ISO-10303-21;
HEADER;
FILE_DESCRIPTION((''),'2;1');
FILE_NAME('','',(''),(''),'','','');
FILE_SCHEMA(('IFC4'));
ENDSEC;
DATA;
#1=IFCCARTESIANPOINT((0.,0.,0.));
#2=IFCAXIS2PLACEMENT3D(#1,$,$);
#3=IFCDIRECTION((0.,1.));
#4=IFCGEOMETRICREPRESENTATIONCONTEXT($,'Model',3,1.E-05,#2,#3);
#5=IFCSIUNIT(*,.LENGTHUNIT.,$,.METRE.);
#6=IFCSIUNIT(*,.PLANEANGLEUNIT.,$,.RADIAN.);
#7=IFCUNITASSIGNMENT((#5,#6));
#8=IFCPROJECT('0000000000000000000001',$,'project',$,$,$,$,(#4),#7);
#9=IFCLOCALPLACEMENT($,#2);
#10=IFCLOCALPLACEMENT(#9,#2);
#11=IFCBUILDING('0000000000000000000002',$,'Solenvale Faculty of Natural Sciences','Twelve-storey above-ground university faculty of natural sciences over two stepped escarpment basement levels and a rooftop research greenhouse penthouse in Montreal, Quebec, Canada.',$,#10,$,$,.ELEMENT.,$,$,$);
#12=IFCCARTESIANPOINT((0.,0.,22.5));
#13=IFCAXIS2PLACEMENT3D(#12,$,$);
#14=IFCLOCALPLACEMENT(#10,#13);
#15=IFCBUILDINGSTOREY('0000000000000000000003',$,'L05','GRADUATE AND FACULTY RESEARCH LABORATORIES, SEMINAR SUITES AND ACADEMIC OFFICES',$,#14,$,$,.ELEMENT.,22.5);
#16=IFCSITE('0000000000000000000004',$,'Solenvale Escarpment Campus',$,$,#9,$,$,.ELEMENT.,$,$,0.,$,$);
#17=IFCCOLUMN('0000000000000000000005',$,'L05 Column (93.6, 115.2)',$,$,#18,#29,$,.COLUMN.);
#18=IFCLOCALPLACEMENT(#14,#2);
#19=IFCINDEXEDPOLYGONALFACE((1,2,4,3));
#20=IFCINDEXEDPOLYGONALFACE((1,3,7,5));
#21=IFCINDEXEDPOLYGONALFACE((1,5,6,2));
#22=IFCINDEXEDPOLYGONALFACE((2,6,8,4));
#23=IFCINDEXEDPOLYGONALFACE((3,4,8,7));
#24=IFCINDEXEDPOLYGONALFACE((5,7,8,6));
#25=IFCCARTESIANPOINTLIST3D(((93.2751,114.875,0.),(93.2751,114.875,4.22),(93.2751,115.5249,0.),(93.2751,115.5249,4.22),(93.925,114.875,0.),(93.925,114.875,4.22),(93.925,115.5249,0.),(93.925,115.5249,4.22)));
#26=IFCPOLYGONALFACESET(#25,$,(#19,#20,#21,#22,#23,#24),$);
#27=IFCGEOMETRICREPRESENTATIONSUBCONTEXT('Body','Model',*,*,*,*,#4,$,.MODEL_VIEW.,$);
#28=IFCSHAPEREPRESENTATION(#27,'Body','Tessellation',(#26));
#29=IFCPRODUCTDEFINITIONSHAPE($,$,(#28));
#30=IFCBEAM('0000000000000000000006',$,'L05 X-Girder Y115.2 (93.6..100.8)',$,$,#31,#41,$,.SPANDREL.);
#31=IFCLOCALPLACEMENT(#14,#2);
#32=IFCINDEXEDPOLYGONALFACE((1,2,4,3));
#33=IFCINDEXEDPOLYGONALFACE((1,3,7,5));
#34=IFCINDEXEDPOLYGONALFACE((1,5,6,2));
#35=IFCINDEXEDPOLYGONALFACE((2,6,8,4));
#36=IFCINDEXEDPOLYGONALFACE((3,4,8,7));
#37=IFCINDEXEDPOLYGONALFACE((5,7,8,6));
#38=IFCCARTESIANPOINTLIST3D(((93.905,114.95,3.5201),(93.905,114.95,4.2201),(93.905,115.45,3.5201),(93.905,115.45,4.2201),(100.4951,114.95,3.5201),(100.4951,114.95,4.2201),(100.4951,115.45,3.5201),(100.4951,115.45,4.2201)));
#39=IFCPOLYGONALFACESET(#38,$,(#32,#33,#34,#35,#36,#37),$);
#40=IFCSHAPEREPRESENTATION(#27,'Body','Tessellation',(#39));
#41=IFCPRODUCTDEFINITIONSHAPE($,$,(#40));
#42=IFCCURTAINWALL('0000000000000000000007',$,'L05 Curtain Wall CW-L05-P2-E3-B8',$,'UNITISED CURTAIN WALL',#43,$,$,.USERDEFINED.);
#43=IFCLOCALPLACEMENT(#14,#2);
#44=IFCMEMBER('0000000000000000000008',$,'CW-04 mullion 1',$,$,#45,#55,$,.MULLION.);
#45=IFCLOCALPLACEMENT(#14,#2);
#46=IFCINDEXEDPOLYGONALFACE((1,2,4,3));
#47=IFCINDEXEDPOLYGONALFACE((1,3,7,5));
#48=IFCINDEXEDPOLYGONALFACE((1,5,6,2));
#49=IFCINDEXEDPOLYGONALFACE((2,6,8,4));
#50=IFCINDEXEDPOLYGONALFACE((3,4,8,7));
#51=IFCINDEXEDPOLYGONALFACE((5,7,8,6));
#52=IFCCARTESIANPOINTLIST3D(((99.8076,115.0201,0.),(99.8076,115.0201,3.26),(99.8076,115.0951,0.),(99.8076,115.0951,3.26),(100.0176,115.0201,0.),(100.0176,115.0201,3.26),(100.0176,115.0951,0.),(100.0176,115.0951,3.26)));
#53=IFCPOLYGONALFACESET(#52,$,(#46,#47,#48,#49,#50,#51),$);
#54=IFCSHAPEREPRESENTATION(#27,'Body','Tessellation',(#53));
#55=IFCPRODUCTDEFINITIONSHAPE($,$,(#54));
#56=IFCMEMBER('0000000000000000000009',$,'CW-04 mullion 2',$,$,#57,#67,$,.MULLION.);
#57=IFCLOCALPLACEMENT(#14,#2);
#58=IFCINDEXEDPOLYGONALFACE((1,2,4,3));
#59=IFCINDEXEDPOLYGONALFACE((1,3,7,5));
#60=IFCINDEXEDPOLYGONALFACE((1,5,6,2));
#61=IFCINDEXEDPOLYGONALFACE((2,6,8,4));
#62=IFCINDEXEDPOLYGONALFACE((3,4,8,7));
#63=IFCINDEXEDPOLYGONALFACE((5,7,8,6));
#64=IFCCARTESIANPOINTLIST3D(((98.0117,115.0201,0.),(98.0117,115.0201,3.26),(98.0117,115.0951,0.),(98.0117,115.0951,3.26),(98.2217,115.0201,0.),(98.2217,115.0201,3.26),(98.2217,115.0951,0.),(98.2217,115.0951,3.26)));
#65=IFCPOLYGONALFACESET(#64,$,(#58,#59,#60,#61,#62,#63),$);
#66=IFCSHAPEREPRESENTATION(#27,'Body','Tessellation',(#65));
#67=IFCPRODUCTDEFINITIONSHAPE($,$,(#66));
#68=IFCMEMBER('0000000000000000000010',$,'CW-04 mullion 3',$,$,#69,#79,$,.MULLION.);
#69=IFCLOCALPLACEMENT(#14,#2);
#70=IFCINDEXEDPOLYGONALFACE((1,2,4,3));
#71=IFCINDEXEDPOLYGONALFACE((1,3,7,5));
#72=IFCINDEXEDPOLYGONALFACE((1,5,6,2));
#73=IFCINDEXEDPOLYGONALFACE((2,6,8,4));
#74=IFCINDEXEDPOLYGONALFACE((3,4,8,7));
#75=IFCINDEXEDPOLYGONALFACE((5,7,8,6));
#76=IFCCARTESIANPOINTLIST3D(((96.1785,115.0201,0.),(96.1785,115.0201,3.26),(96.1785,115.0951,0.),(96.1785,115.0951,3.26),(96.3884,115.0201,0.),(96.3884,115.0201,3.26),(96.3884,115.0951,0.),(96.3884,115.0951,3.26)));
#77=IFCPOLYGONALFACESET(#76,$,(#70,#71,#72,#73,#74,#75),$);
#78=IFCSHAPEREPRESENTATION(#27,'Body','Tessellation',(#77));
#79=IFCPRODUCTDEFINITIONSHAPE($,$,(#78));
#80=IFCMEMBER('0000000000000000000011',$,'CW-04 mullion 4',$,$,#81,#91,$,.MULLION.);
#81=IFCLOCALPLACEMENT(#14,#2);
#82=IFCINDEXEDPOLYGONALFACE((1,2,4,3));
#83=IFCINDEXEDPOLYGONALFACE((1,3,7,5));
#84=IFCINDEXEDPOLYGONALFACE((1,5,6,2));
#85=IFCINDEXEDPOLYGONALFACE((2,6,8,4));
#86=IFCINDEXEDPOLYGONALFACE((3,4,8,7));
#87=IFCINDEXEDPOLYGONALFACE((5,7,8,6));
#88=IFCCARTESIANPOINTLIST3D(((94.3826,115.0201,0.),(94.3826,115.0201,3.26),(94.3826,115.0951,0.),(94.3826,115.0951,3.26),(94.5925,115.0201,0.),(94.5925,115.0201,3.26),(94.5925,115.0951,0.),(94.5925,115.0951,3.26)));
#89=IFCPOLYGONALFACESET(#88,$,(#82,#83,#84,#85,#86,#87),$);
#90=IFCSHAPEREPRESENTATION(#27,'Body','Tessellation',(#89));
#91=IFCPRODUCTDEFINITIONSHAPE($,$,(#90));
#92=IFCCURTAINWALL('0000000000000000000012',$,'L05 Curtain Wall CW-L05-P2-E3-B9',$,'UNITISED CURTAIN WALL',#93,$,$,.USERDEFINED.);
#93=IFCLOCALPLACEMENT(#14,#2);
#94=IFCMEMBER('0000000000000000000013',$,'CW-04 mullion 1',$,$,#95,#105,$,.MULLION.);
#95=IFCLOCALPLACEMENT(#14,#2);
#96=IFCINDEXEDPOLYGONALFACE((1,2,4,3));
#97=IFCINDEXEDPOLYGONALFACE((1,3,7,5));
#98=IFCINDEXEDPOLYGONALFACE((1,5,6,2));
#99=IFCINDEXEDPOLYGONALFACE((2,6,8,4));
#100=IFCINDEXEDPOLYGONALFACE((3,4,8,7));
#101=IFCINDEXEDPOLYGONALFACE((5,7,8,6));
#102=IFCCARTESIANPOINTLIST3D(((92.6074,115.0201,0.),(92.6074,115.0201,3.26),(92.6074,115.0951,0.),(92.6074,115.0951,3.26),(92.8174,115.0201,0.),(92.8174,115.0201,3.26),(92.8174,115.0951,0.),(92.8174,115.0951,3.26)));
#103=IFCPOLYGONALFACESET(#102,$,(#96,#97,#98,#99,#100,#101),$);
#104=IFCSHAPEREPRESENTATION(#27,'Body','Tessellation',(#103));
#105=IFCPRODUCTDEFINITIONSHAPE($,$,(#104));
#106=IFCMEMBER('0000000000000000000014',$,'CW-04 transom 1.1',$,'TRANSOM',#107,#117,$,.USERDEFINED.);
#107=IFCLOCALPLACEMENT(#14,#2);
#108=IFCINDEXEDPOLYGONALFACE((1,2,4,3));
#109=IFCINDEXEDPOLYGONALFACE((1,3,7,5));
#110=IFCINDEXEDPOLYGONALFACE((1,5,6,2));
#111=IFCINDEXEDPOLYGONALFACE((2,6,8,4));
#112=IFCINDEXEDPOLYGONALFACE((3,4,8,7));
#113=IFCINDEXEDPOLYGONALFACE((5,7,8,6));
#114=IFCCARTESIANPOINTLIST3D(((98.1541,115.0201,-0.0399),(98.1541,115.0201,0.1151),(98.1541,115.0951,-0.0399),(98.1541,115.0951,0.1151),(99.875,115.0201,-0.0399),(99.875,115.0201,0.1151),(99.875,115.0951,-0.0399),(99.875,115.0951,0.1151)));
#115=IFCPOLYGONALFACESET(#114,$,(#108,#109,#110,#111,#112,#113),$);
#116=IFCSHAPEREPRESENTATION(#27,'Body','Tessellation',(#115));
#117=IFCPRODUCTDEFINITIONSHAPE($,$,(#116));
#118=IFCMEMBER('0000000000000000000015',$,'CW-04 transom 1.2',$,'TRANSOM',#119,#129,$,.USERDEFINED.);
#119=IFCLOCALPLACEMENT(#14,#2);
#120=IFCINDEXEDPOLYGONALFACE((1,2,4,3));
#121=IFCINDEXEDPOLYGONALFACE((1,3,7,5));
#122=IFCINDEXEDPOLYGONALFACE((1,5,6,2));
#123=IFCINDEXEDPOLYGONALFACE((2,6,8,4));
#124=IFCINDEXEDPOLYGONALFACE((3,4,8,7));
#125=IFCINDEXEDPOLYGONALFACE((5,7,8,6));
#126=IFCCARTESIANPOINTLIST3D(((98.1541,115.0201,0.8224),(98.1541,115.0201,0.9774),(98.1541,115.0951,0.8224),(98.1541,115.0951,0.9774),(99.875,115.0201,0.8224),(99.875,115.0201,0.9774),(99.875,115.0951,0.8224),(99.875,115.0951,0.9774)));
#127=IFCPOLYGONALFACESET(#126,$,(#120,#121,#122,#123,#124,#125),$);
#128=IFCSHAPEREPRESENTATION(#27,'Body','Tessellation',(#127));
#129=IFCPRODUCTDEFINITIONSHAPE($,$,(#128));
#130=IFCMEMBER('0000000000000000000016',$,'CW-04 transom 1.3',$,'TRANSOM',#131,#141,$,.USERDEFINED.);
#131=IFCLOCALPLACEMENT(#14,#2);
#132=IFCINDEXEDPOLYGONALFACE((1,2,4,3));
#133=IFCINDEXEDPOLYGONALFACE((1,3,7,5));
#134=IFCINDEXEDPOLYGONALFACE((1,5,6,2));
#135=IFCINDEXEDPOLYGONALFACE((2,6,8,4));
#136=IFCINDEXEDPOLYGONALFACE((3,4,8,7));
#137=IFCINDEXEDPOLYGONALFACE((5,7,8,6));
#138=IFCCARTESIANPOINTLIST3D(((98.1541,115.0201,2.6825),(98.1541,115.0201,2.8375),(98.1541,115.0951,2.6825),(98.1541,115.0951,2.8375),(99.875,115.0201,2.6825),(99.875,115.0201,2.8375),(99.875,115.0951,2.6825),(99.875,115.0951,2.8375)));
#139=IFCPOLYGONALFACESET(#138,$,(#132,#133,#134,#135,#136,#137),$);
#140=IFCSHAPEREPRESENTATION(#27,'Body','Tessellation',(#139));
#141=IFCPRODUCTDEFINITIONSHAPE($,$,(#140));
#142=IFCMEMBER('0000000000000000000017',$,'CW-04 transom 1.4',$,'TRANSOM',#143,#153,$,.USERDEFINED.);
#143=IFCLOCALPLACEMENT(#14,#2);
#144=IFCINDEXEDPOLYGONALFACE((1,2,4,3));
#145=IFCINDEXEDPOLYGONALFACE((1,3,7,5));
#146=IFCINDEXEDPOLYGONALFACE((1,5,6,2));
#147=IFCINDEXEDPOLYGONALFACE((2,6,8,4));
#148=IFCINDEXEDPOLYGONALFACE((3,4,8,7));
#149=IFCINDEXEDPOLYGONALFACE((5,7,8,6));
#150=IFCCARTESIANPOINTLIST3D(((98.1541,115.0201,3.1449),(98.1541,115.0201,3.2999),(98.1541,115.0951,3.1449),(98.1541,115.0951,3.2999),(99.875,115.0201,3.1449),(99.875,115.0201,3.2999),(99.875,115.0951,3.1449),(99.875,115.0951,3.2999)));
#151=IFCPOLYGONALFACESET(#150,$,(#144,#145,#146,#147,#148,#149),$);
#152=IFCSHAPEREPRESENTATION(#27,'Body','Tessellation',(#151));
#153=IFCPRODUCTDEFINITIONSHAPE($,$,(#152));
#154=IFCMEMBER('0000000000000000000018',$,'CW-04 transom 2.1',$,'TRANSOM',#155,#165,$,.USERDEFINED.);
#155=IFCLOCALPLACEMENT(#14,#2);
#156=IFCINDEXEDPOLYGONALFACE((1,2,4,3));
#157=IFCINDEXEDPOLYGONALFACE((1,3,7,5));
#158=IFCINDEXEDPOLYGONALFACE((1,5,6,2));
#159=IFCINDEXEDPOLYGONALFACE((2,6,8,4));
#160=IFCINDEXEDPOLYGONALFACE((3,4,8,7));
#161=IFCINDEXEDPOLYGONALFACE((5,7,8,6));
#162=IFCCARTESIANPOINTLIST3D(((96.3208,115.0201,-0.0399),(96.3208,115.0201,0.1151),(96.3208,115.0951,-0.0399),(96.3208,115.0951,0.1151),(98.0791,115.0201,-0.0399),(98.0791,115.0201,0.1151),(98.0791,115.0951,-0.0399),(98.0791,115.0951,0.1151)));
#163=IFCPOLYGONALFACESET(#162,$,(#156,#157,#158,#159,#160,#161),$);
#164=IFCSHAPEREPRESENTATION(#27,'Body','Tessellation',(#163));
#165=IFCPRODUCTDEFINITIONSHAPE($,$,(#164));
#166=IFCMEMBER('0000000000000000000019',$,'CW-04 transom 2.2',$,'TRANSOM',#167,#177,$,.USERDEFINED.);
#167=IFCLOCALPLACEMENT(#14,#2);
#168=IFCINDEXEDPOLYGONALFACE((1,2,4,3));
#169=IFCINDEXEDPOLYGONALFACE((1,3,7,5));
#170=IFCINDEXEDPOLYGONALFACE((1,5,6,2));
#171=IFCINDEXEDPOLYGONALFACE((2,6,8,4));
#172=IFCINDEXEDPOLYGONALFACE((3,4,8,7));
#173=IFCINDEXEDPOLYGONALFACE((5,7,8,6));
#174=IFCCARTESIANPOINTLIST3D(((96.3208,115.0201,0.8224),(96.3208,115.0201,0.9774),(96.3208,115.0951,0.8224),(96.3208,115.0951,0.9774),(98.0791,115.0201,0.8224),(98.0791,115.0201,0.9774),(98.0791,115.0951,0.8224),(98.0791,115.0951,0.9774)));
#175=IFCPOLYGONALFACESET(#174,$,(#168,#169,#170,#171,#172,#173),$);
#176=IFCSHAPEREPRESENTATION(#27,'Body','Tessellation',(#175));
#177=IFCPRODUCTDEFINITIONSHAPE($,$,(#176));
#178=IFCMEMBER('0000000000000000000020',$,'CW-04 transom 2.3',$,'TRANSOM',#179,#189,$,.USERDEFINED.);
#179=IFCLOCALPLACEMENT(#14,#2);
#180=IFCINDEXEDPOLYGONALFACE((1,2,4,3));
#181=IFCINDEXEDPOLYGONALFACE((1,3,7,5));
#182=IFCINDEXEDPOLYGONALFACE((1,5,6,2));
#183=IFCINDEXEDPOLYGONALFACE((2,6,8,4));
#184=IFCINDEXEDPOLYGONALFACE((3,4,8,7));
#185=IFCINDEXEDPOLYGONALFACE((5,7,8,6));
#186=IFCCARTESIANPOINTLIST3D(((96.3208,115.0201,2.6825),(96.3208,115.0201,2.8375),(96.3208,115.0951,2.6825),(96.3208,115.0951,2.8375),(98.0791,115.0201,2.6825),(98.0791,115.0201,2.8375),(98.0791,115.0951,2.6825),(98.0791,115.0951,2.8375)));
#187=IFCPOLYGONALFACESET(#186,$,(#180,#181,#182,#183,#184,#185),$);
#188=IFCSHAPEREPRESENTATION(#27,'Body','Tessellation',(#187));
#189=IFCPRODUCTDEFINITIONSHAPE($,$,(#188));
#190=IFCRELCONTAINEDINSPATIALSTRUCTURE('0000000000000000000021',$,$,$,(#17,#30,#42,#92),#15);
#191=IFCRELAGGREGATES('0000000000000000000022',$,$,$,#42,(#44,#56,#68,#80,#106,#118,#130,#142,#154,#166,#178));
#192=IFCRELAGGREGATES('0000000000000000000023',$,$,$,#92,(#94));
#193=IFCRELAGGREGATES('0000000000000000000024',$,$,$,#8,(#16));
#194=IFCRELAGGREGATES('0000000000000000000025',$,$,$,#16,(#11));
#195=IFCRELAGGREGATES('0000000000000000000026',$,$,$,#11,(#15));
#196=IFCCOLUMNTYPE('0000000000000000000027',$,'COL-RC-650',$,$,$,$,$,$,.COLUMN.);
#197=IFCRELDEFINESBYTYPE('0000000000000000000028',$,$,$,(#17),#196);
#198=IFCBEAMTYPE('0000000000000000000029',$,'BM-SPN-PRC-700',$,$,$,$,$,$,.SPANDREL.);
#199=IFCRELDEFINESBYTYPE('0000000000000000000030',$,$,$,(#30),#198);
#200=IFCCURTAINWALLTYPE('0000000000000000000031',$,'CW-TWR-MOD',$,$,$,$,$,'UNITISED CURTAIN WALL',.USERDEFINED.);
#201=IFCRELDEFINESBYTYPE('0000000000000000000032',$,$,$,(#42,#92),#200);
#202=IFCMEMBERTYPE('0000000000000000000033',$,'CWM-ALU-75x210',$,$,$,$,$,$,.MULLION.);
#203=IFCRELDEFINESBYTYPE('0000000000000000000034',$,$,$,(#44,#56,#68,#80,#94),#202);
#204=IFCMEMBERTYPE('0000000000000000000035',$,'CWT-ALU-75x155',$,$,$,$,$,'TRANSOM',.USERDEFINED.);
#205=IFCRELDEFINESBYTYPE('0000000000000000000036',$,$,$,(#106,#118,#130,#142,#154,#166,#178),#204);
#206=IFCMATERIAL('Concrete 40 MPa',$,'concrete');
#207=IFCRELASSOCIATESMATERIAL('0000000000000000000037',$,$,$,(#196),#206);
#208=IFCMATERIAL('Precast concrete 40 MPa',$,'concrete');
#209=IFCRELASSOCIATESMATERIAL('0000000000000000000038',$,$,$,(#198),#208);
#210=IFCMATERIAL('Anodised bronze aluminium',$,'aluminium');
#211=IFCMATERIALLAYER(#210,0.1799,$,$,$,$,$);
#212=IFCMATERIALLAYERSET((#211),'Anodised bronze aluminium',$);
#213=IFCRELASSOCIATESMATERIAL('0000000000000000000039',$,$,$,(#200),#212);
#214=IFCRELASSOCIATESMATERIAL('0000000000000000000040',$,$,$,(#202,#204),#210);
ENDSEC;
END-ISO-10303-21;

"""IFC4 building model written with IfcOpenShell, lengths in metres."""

from ifc_helpers import new_model, si_unit, direction, frame, origin, origin_2d, place, context, subcontext, project, spatial, rectangle, extrude, material, layer, layer_set, material_profile, profile_set, type_object, element, aggregate, save


model = new_model("IFC4")

# Units and contexts
model_context = context("Model", 3, precision=1e-05, world=origin(), true_north=direction((0.0, 1.0)))
body_context = subcontext(model_context, "Body", "Model", "MODEL_VIEW")
ifc_project = project(units=[si_unit("LENGTHUNIT", "METRE"), si_unit("PLANEANGLEUNIT", "RADIAN")], contexts=[model_context])

# Site, building, storey
site_placement = place(None, origin())
site = spatial("IfcSite", under=ifc_project, at=site_placement, Name="Solenvale Escarpment Campus", CompositionType="ELEMENT", RefElevation=0.0)
building_placement = place(site_placement, origin())
building = spatial("IfcBuilding", under=site, at=building_placement, Name="Solenvale Faculty of Natural Sciences", Description="Twelve-storey above-ground university faculty of natural sciences over two stepped escarpment basement levels and a rooftop research greenhouse penthouse in Montreal, Quebec, Canada.", CompositionType="ELEMENT")
storey_placement = place(building_placement, frame((0.0, 0.0, 22.5)))
storey = spatial("IfcBuildingStorey", under=building, at=storey_placement, Name="L05", Description="GRADUATE AND FACULTY RESEARCH LABORATORIES, SEMINAR SUITES AND ACADEMIC OFFICES", CompositionType="ELEMENT", Elevation=22.5)

# Column
ifc_material_1 = material(Name="Concrete 40 MPa", Category="concrete")
ifc_material_profile_1 = material_profile(ifc_material_1, rectangle(XDim=0.6499, YDim=0.6499, at=origin_2d()), Name="RC-COL-650x650")
ifc_profile_set_1 = profile_set([ifc_material_profile_1], Name="Concrete 40 MPa")
column_type = type_object("IfcColumnType", Name="COL-RC-650", PredefinedType="COLUMN", material=ifc_profile_set_1)
column_placement = place(storey_placement, frame((93.6001, 115.2, 0.0), z_axis=(0.0, 0.0, 1.0), x_axis=(1.0, 0.0, 0.0)))
element("IfcColumn", 1, at=column_placement, inside=storey, type_object=column_type, Name="L05 Column (93.6, 115.2)", PredefinedType="COLUMN", context=body_context, shape_type="SweptSolid", body=[
    extrude(rectangle(XDim=0.6499, YDim=0.6499, at=origin_2d()), origin(), (0.0, 0.0, 1.0), 4.22),
])

# Beam
ifc_material_2 = material(Name="Precast concrete 40 MPa", Category="concrete")
ifc_material_profile_2 = material_profile(ifc_material_2, rectangle(XDim=0.5, YDim=0.7, at=origin_2d()), Name="RC-BM-500x700")
ifc_profile_set_2 = profile_set([ifc_material_profile_2], Name="Precast concrete 40 MPa")
beam_type = type_object("IfcBeamType", Name="BM-SPN-PRC-700", PredefinedType="SPANDREL", material=ifc_profile_set_2)
beam_placement = place(storey_placement, frame((93.905, 115.2, 3.8701), z_axis=(1.0, 0.0, 0.0), x_axis=(0.0, 1.0, 0.0)))
element("IfcBeam", 2, at=beam_placement, inside=storey, type_object=beam_type, Name="L05 X-Girder Y115.2 (93.6..100.8)", PredefinedType="SPANDREL", context=body_context, shape_type="SweptSolid", body=[
    extrude(rectangle(XDim=0.5, YDim=0.7, at=origin_2d()), origin(), (0.0, 0.0, 1.0), 6.5901),
])

# Curtain wall, members
ifc_material_3 = material(Name="Anodised bronze aluminium", Category="aluminium")
ifc_layer_1 = layer(ifc_material_3, 0.1799)
ifc_layer_set_1 = layer_set([ifc_layer_1], Name="Anodised bronze aluminium")
curtain_wall_type = type_object("IfcCurtainWallType", Name="CW-TWR-MOD", ElementType="UNITISED CURTAIN WALL", PredefinedType="USERDEFINED", material=ifc_layer_set_1)
curtain_wall_1_placement = place(storey_placement, origin())
curtain_wall_1 = element("IfcCurtainWall", 3, at=curtain_wall_1_placement, inside=storey, type_object=curtain_wall_type, Name="L05 Curtain Wall CW-L05-P2-E3-B8", ObjectType="UNITISED CURTAIN WALL", PredefinedType="USERDEFINED")
ifc_material_profile_3 = material_profile(ifc_material_3, rectangle(XDim=0.075, YDim=0.21, at=origin_2d()), Name="ALU-MUL-75x210")
ifc_profile_set_3 = profile_set([ifc_material_profile_3], Name="Anodised bronze aluminium")
member_type_1 = type_object("IfcMemberType", Name="CWM-ALU-75x210", PredefinedType="MULLION", material=ifc_profile_set_3)
member_1_placement = place(storey_placement, frame((99.9126, 115.0576, 0.0), z_axis=(0.0, 0.0, 1.0), x_axis=(0.0, -1.0, 0.0)))
member_1 = element("IfcMember", 4, at=member_1_placement, type_object=member_type_1, Name="CW-04 mullion 1", PredefinedType="MULLION", context=body_context, shape_type="SweptSolid", body=[
    extrude(rectangle(XDim=0.075, YDim=0.21, at=origin_2d()), origin(), (0.0, 0.0, 1.0), 3.26),
])
member_2_placement = place(storey_placement, frame((98.1167, 115.0576, 0.0), z_axis=(0.0, 0.0, 1.0), x_axis=(0.0, -1.0, 0.0)))
member_2 = element("IfcMember", 5, at=member_2_placement, type_object=member_type_1, Name="CW-04 mullion 2", PredefinedType="MULLION", context=body_context, shape_type="SweptSolid", body=[
    extrude(rectangle(XDim=0.075, YDim=0.21, at=origin_2d()), origin(), (0.0, 0.0, 1.0), 3.26),
])
member_3_placement = place(storey_placement, frame((96.2834, 115.0576, 0.0), z_axis=(0.0, 0.0, 1.0), x_axis=(0.0, -1.0, 0.0)))
member_3 = element("IfcMember", 6, at=member_3_placement, type_object=member_type_1, Name="CW-04 mullion 3", PredefinedType="MULLION", context=body_context, shape_type="SweptSolid", body=[
    extrude(rectangle(XDim=0.075, YDim=0.21, at=origin_2d()), origin(), (0.0, 0.0, 1.0), 3.26),
])
member_4_placement = place(storey_placement, frame((94.4875, 115.0576, 0.0), z_axis=(0.0, 0.0, 1.0), x_axis=(0.0, -1.0, 0.0)))
member_4 = element("IfcMember", 7, at=member_4_placement, type_object=member_type_1, Name="CW-04 mullion 4", PredefinedType="MULLION", context=body_context, shape_type="SweptSolid", body=[
    extrude(rectangle(XDim=0.075, YDim=0.21, at=origin_2d()), origin(), (0.0, 0.0, 1.0), 3.26),
])

# Curtain wall, member
curtain_wall_2_placement = place(storey_placement, origin())
curtain_wall_2 = element("IfcCurtainWall", 8, at=curtain_wall_2_placement, inside=storey, type_object=curtain_wall_type, Name="L05 Curtain Wall CW-L05-P2-E3-B9", ObjectType="UNITISED CURTAIN WALL", PredefinedType="USERDEFINED")
member_5_placement = place(storey_placement, frame((92.7124, 115.0576, 0.0), z_axis=(0.0, 0.0, 1.0), x_axis=(0.0, -1.0, 0.0)))
member_5 = element("IfcMember", 9, at=member_5_placement, type_object=member_type_1, Name="CW-04 mullion 1", PredefinedType="MULLION", context=body_context, shape_type="SweptSolid", body=[
    extrude(rectangle(XDim=0.075, YDim=0.21, at=origin_2d()), origin(), (0.0, 0.0, 1.0), 3.26),
])

# Members
ifc_material_profile_4 = material_profile(ifc_material_3, rectangle(XDim=0.075, YDim=0.155, at=origin_2d()), Name="ALU-TRN-75x155")
ifc_profile_set_4 = profile_set([ifc_material_profile_4], Name="Anodised bronze aluminium")
member_type_2 = type_object("IfcMemberType", Name="CWT-ALU-75x155", ElementType="TRANSOM", PredefinedType="USERDEFINED", material=ifc_profile_set_4)
member_6_placement = place(storey_placement, frame((99.875, 115.0576, 0.0376), z_axis=(-1.0, 0.0, 0.0), x_axis=(0.0, -1.0, 0.0)))
member_6 = element("IfcMember", 10, at=member_6_placement, type_object=member_type_2, Name="CW-04 transom 1.1", ObjectType="TRANSOM", PredefinedType="USERDEFINED", context=body_context, shape_type="SweptSolid", body=[
    extrude(rectangle(XDim=0.075, YDim=0.155, at=origin_2d()), origin(), (0.0, 0.0, 1.0), 1.7209),
])
member_7_placement = place(storey_placement, frame((99.875, 115.0576, 0.8999), z_axis=(-1.0, 0.0, 0.0), x_axis=(0.0, -1.0, 0.0)))
member_7 = element("IfcMember", 11, at=member_7_placement, type_object=member_type_2, Name="CW-04 transom 1.2", ObjectType="TRANSOM", PredefinedType="USERDEFINED", context=body_context, shape_type="SweptSolid", body=[
    extrude(rectangle(XDim=0.075, YDim=0.155, at=origin_2d()), origin(), (0.0, 0.0, 1.0), 1.7209),
])
member_8_placement = place(storey_placement, frame((99.875, 115.0576, 2.76), z_axis=(-1.0, 0.0, 0.0), x_axis=(0.0, -1.0, 0.0)))
member_8 = element("IfcMember", 12, at=member_8_placement, type_object=member_type_2, Name="CW-04 transom 1.3", ObjectType="TRANSOM", PredefinedType="USERDEFINED", context=body_context, shape_type="SweptSolid", body=[
    extrude(rectangle(XDim=0.075, YDim=0.155, at=origin_2d()), origin(), (0.0, 0.0, 1.0), 1.7209),
])
member_9_placement = place(storey_placement, frame((99.875, 115.0576, 3.2224), z_axis=(-1.0, 0.0, 0.0), x_axis=(0.0, -1.0, 0.0)))
member_9 = element("IfcMember", 13, at=member_9_placement, type_object=member_type_2, Name="CW-04 transom 1.4", ObjectType="TRANSOM", PredefinedType="USERDEFINED", context=body_context, shape_type="SweptSolid", body=[
    extrude(rectangle(XDim=0.075, YDim=0.155, at=origin_2d()), origin(), (0.0, 0.0, 1.0), 1.7209),
])
member_10_placement = place(storey_placement, frame((98.0791, 115.0576, 0.0376), z_axis=(-1.0, 0.0, 0.0), x_axis=(0.0, -1.0, 0.0)))
member_10 = element("IfcMember", 14, at=member_10_placement, type_object=member_type_2, Name="CW-04 transom 2.1", ObjectType="TRANSOM", PredefinedType="USERDEFINED", context=body_context, shape_type="SweptSolid", body=[
    extrude(rectangle(XDim=0.075, YDim=0.155, at=origin_2d()), origin(), (0.0, 0.0, 1.0), 1.7583),
])
member_11_placement = place(storey_placement, frame((98.0791, 115.0576, 0.8999), z_axis=(-1.0, 0.0, 0.0), x_axis=(0.0, -1.0, 0.0)))
member_11 = element("IfcMember", 15, at=member_11_placement, type_object=member_type_2, Name="CW-04 transom 2.2", ObjectType="TRANSOM", PredefinedType="USERDEFINED", context=body_context, shape_type="SweptSolid", body=[
    extrude(rectangle(XDim=0.075, YDim=0.155, at=origin_2d()), origin(), (0.0, 0.0, 1.0), 1.7583),
])
member_12_placement = place(storey_placement, frame((98.0791, 115.0576, 2.76), z_axis=(-1.0, 0.0, 0.0), x_axis=(0.0, -1.0, 0.0)))
member_12 = element("IfcMember", 16, at=member_12_placement, type_object=member_type_2, Name="CW-04 transom 2.3", ObjectType="TRANSOM", PredefinedType="USERDEFINED", context=body_context, shape_type="SweptSolid", body=[
    extrude(rectangle(XDim=0.075, YDim=0.155, at=origin_2d()), origin(), (0.0, 0.0, 1.0), 1.7583),
])

aggregate(curtain_wall_1, [member_1, member_2, member_3, member_4, member_6, member_7, member_8, member_9, member_10, member_11, member_12])
aggregate(curtain_wall_2, [member_5])

save(model, "model.ifc")
